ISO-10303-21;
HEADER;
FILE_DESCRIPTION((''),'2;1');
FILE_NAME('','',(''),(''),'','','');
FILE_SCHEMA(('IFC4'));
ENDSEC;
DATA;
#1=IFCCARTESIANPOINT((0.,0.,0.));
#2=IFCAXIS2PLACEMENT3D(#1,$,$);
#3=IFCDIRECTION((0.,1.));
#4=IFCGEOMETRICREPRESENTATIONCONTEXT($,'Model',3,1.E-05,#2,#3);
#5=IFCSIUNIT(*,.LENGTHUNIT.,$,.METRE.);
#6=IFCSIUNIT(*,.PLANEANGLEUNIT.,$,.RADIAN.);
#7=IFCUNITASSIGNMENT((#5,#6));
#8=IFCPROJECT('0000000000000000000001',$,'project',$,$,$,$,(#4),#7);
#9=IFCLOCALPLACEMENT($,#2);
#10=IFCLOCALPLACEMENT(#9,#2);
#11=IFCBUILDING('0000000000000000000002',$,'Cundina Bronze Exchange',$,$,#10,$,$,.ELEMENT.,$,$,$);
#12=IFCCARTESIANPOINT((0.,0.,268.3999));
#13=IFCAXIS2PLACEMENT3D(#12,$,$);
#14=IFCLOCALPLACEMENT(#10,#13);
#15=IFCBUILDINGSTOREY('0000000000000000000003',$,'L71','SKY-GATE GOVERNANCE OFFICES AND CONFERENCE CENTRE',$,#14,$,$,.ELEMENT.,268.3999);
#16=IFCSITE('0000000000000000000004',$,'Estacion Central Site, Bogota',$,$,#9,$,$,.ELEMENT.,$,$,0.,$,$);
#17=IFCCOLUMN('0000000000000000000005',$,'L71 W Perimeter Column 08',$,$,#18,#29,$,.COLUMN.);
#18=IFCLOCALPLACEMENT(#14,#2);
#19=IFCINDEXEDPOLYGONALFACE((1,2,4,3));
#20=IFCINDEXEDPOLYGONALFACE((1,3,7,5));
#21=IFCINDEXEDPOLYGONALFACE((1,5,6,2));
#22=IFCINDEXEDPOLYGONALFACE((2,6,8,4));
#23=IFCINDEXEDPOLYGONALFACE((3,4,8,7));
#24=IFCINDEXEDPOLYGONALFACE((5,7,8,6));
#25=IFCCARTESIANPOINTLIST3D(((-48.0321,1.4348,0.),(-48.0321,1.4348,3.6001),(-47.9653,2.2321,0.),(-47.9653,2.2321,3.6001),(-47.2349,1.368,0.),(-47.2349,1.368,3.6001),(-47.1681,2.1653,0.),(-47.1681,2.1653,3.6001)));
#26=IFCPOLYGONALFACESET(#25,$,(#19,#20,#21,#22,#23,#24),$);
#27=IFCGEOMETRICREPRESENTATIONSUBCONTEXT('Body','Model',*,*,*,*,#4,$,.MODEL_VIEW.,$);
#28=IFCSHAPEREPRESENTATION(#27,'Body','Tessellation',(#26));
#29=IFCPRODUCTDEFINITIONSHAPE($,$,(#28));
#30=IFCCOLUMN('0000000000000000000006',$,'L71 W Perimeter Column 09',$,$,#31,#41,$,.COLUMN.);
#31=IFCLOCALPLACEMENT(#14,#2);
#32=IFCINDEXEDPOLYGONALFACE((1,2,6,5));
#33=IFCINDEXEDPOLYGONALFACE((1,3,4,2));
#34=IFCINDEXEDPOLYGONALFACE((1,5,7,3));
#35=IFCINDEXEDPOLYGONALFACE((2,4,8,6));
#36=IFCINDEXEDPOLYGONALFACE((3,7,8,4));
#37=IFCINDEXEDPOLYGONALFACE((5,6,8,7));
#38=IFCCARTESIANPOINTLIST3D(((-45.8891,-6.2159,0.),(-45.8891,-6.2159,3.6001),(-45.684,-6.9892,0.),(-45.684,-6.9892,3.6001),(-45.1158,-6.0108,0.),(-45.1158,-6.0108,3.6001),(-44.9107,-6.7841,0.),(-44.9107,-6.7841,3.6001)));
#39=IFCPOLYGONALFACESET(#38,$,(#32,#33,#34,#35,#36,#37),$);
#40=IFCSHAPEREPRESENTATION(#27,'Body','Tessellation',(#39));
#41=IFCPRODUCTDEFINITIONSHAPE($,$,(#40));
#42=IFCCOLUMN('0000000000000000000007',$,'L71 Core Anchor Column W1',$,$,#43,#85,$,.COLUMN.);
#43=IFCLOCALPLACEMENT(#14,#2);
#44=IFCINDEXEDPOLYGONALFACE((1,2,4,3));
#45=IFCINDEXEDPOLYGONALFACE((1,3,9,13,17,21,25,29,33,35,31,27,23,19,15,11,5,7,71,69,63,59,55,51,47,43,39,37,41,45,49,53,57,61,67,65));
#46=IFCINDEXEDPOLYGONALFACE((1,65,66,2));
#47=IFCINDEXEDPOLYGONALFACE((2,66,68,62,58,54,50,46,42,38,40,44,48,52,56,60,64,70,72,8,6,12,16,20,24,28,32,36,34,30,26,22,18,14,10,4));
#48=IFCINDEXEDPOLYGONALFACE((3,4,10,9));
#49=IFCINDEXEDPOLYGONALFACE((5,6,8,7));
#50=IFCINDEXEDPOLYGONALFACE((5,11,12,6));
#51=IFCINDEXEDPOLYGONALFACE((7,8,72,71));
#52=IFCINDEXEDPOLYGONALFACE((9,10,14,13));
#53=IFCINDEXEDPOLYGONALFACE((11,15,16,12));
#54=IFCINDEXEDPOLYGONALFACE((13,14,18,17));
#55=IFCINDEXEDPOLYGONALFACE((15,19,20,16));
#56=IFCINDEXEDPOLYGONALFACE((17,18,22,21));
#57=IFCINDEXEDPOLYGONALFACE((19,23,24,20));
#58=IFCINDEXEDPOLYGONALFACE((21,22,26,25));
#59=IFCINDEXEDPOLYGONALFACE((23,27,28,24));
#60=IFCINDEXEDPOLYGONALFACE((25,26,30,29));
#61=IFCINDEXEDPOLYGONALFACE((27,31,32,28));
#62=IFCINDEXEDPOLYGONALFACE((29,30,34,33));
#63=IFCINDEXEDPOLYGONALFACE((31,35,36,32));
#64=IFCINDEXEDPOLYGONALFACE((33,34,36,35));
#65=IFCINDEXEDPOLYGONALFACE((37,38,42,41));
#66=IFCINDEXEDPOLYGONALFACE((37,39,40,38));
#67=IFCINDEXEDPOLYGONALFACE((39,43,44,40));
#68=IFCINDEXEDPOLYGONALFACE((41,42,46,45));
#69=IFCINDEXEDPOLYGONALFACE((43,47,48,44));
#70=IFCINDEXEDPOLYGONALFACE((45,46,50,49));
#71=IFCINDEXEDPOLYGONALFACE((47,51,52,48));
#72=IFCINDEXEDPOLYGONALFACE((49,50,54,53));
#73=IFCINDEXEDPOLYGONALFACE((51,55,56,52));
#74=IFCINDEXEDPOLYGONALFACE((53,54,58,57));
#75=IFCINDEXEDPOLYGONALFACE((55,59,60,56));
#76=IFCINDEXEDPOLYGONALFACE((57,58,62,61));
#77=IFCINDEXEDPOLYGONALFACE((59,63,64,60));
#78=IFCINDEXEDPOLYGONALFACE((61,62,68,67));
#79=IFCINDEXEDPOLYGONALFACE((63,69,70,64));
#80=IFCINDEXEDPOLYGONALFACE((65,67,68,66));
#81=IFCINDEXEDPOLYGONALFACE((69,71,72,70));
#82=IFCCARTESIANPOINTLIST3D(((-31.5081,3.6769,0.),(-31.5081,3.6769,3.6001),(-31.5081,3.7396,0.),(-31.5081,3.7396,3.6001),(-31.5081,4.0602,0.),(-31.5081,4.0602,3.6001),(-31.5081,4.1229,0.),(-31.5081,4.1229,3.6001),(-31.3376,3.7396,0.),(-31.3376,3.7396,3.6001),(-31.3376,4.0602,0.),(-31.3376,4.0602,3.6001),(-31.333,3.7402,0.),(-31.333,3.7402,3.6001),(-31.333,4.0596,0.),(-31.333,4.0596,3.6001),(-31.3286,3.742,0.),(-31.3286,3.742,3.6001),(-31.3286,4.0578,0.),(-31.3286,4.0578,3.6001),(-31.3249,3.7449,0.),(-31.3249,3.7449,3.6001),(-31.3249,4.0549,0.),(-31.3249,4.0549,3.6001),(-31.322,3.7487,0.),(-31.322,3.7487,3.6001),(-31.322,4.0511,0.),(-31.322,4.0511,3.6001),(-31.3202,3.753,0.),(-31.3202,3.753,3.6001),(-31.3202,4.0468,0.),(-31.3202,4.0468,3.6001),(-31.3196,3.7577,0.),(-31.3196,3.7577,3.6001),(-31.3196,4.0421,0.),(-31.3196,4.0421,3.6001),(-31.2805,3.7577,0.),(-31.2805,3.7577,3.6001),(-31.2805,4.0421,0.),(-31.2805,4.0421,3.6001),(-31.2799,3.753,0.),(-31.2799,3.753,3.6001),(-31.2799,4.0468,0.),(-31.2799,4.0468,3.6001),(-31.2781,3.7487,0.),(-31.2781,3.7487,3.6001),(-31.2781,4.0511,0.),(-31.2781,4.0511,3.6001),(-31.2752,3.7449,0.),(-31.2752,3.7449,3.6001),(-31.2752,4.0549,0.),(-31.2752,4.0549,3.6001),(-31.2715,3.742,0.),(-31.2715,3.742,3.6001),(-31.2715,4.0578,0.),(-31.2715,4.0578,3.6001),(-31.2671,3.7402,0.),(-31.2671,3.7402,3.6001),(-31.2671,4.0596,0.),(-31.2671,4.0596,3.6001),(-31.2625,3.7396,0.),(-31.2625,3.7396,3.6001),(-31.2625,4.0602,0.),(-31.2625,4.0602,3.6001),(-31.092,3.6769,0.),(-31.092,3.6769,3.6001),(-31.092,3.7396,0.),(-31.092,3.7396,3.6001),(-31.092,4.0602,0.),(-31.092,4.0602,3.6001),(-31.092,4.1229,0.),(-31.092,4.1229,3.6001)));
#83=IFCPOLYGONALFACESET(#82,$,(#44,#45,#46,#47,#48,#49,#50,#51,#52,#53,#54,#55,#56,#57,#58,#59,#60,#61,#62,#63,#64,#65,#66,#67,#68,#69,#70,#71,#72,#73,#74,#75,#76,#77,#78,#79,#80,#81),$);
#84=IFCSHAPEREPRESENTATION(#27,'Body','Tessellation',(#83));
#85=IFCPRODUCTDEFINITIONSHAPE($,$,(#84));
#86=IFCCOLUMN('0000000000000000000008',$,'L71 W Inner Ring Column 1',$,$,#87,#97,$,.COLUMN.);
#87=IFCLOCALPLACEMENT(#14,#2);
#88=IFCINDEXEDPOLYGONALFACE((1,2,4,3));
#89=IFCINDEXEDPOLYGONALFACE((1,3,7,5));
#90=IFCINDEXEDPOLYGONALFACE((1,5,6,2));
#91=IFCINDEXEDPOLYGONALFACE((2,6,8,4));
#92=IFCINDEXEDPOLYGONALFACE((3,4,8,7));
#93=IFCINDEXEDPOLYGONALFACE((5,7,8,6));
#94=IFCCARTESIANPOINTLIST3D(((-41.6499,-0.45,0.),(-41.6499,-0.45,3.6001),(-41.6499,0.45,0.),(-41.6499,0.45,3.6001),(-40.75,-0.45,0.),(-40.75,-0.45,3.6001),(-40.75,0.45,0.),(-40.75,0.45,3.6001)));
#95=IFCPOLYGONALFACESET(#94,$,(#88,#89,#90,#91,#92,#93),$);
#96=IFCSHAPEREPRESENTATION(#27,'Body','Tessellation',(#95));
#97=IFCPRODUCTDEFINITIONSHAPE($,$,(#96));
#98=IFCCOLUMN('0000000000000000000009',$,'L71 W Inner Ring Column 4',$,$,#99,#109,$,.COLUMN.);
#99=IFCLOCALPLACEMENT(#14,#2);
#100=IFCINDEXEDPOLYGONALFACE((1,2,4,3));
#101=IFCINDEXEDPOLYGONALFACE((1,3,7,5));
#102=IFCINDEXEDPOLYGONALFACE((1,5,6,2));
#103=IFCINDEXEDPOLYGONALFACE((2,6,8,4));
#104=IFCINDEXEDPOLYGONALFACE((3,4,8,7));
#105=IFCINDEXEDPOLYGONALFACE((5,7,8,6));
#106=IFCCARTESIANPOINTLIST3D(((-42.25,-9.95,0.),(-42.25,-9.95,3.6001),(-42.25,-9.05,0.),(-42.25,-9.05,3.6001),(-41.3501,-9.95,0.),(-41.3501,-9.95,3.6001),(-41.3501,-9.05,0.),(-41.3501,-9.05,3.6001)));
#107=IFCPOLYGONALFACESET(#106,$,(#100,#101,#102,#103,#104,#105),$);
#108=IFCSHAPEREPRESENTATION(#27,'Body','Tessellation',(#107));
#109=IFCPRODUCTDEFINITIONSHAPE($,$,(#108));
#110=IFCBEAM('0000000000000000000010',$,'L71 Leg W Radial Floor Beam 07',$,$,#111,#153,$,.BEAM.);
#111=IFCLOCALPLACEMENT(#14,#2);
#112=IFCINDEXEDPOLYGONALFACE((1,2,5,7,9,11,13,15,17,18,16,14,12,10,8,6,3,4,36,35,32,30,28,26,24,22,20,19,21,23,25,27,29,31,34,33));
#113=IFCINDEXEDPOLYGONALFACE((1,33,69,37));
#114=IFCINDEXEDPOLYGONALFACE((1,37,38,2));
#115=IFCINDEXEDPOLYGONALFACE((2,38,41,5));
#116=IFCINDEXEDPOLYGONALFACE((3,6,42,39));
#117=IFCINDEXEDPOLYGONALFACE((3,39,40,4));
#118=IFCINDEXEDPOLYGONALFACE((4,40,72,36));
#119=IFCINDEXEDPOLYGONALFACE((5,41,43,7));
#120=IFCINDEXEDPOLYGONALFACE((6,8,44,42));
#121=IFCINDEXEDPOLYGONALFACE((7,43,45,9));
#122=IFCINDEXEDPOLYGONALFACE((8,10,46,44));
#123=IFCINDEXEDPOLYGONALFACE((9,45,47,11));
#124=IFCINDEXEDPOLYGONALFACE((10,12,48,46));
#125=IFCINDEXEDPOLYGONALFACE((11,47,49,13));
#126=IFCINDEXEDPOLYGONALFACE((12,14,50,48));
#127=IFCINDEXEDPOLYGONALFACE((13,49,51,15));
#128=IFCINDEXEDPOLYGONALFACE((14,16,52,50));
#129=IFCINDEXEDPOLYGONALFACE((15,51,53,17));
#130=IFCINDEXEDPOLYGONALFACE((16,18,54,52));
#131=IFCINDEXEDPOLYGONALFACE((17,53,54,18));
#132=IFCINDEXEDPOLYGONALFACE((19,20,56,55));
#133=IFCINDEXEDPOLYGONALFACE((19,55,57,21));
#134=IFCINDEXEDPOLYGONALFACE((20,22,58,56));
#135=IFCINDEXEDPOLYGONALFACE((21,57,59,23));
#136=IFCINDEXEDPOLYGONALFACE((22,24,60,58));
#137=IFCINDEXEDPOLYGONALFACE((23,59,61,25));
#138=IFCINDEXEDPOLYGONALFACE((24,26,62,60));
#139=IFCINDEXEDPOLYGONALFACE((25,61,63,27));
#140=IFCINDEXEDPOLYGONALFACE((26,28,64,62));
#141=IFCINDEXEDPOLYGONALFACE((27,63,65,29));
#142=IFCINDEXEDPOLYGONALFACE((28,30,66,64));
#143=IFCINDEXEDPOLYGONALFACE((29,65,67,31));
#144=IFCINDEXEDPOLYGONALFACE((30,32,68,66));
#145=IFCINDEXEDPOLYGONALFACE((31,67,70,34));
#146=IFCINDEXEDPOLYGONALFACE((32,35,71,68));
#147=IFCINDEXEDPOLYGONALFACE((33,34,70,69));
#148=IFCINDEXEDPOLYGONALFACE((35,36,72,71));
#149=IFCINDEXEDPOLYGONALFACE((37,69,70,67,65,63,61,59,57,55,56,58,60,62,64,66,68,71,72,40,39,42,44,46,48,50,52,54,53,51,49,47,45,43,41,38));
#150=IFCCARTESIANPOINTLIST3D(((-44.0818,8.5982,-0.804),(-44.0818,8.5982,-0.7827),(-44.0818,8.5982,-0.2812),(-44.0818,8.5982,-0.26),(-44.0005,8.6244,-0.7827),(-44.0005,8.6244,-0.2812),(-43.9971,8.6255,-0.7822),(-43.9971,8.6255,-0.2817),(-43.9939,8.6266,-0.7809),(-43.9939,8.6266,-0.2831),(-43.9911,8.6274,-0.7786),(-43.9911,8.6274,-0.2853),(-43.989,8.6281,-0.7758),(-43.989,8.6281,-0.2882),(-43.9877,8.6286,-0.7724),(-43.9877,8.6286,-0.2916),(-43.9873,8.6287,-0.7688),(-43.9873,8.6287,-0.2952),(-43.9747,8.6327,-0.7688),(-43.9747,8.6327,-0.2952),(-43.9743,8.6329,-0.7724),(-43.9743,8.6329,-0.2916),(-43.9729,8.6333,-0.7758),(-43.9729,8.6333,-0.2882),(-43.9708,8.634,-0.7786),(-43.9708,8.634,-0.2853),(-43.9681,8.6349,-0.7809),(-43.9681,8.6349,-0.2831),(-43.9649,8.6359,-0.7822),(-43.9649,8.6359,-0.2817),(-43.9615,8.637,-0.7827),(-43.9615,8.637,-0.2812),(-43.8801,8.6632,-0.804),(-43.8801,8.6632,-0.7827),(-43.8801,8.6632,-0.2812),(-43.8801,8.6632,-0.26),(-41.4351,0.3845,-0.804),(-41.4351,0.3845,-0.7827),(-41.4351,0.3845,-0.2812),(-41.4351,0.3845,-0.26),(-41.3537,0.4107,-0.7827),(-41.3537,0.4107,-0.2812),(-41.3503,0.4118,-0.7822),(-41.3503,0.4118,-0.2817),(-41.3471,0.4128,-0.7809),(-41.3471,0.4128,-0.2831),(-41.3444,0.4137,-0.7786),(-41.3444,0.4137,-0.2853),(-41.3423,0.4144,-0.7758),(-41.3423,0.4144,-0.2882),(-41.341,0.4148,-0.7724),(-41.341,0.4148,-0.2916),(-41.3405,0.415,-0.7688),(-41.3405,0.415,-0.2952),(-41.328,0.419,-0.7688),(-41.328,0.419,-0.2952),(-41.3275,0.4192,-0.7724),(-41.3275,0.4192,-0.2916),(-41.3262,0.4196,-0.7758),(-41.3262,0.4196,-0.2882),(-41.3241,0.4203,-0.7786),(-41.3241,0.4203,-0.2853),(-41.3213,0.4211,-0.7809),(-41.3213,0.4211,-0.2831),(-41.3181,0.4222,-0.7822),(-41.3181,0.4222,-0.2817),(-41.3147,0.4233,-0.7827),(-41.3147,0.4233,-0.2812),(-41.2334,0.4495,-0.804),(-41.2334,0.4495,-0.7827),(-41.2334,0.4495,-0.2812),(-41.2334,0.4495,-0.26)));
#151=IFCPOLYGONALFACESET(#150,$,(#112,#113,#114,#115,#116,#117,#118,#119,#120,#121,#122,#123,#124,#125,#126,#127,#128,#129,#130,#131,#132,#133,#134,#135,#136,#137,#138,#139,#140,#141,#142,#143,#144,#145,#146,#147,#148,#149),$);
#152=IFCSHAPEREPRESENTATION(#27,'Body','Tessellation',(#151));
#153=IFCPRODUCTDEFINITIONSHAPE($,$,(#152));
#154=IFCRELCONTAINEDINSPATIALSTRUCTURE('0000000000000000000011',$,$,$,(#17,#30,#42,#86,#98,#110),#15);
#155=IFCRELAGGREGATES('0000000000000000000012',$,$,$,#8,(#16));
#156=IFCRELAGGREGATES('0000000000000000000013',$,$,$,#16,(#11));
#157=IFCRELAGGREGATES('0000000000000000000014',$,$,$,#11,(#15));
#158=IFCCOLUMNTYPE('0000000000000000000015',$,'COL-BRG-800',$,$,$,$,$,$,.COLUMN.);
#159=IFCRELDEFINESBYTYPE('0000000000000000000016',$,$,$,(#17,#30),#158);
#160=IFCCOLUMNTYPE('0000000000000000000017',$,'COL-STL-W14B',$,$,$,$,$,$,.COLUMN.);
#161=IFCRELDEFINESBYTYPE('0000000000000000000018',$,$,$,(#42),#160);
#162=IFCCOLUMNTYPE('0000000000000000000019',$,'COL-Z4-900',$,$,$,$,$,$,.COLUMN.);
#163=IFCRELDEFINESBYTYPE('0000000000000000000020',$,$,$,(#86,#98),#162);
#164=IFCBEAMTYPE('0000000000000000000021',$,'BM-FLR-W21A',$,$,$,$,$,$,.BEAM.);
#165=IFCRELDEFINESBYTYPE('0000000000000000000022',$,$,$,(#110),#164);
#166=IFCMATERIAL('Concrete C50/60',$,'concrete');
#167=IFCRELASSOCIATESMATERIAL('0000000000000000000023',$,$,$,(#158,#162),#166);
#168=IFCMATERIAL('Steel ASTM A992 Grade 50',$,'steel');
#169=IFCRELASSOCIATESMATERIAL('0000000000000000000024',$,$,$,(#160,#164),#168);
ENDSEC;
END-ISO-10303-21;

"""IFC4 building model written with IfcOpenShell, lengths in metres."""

from ifc_helpers import new_model, si_unit, direction, frame, origin, origin_2d, place, context, subcontext, project, spatial, rectangle, i_section, extrude, material, material_profile, profile_set, type_object, element, save


model = new_model("IFC4")

# Units and contexts
model_context = context("Model", 3, precision=1e-05, world=origin(), true_north=direction((0.0, 1.0)))
body_context = subcontext(model_context, "Body", "Model", "MODEL_VIEW")
ifc_project = project(units=[si_unit("LENGTHUNIT", "METRE"), si_unit("PLANEANGLEUNIT", "RADIAN")], contexts=[model_context])

# Site, building, storey
site_placement = place(None, origin())
site = spatial("IfcSite", under=ifc_project, at=site_placement, Name="Estacion Central Site, Bogota", CompositionType="ELEMENT", RefElevation=0.0)
building_placement = place(site_placement, origin())
building = spatial("IfcBuilding", under=site, at=building_placement, Name="Cundina Bronze Exchange", CompositionType="ELEMENT")
storey_placement = place(building_placement, frame((0.0, 0.0, 268.3999)))
storey = spatial("IfcBuildingStorey", under=building, at=storey_placement, Name="L71", Description="SKY-GATE GOVERNANCE OFFICES AND CONFERENCE CENTRE", CompositionType="ELEMENT", Elevation=268.3999)

# Columns
ifc_material_1 = material(Name="Concrete C50/60", Category="concrete")
ifc_material_profile_1 = material_profile(ifc_material_1, rectangle(XDim=0.8, YDim=0.8, at=origin_2d()), Name="RC800X800", Category="concrete")
ifc_profile_set_1 = profile_set([ifc_material_profile_1], Name="Concrete C50/60")
column_type_1 = type_object("IfcColumnType", Name="COL-BRG-800", PredefinedType="COLUMN", material=ifc_profile_set_1)
for number, where, z_axis, x_axis, name in (
    (1, (-47.6001, 1.8, 0.0), (0.0, 0.0, 1.0), (-0.083504, -0.996507, 0.0), "L71 W Perimeter Column 08"),
    (2, (-45.3999, -6.5, 0.0), (0.0, 0.0, 1.0), (0.256289, -0.9666, 0.0), "L71 W Perimeter Column 09"),
):
    element("IfcColumn", number, at=place(storey_placement, frame(where, z_axis=z_axis, x_axis=x_axis)), inside=storey, type_object=column_type_1, Name=name, PredefinedType="COLUMN", context=body_context, shape_type="SweptSolid", body=[
        extrude(rectangle(XDim=0.8, YDim=0.8, at=origin_2d()), origin(), (0.0, 0.0, 1.0), 3.6001),
    ])
ifc_material_2 = material(Name="Steel ASTM A992 Grade 50", Category="steel")
ifc_material_profile_2 = material_profile(ifc_material_2, i_section(OverallWidth=0.416, OverallDepth=0.446, WebThickness=0.0391, FlangeThickness=0.0627, FilletRadius=0.0181, at=origin_2d()), Name="W14X342", Category="steel")
ifc_profile_set_2 = profile_set([ifc_material_profile_2], Name="Steel ASTM A992 Grade 50")
column_type_2 = type_object("IfcColumnType", Name="COL-STL-W14B", PredefinedType="COLUMN", material=ifc_profile_set_2)
column_placement = place(storey_placement, frame((-31.3, 3.8999, 0.0), z_axis=(0.0, 0.0, 1.0), x_axis=(1.0, 0.0, 0.0)))
element("IfcColumn", 3, at=column_placement, inside=storey, type_object=column_type_2, Name="L71 Core Anchor Column W1", PredefinedType="COLUMN", context=body_context, shape_type="SweptSolid", body=[
    extrude(i_section(OverallWidth=0.416, OverallDepth=0.446, WebThickness=0.0391, FlangeThickness=0.0627, FilletRadius=0.0181, at=origin_2d()), origin(), (0.0, 0.0, 1.0), 3.6001),
])
ifc_material_profile_3 = material_profile(ifc_material_1, rectangle(XDim=0.8999, YDim=0.8999, at=origin_2d()), Name="RC900X900", Category="concrete")
ifc_profile_set_3 = profile_set([ifc_material_profile_3], Name="Concrete C50/60")
column_type_3 = type_object("IfcColumnType", Name="COL-Z4-900", PredefinedType="COLUMN", material=ifc_profile_set_3)
for number, where, z_axis, x_axis, name in (
    (4, (-41.2, 0.0, 0.0), (0.0, 0.0, 1.0), (1.0, 0.0, 0.0), "L71 W Inner Ring Column 1"),
    (5, (-41.8, -9.5, 0.0), (0.0, 0.0, 1.0), (1.0, 0.0, 0.0), "L71 W Inner Ring Column 4"),
):
    element("IfcColumn", number, at=place(storey_placement, frame(where, z_axis=z_axis, x_axis=x_axis)), inside=storey, type_object=column_type_3, Name=name, PredefinedType="COLUMN", context=body_context, shape_type="SweptSolid", body=[
        extrude(rectangle(XDim=0.8999, YDim=0.8999, at=origin_2d()), origin(), (0.0, 0.0, 1.0), 3.6001),
    ])

# Beam
ifc_material_profile_4 = material_profile(ifc_material_2, i_section(OverallWidth=0.2119, OverallDepth=0.5439, WebThickness=0.0132, FlangeThickness=0.0212, FilletRadius=0.0139, at=origin_2d()), Name="W21X83", Category="steel")
ifc_profile_set_4 = profile_set([ifc_material_profile_4], Name="Steel ASTM A992 Grade 50")
beam_type_1 = type_object("IfcBeamType", Name="BM-FLR-W21A", PredefinedType="BEAM", material=ifc_profile_set_4)
beam_1_placement = place(storey_placement, frame((-41.3342, 0.417, -0.532), z_axis=(-0.306706, 0.951804, 0.0), x_axis=(-0.951804, -0.306706, 0.0)))
element("IfcBeam", 6, at=beam_1_placement, inside=storey, type_object=beam_type_1, Name="L71 Leg W Radial Floor Beam 07", PredefinedType="BEAM", context=body_context, shape_type="SweptSolid", body=[
    extrude(i_section(OverallWidth=0.2119, OverallDepth=0.5439, WebThickness=0.0132, FlangeThickness=0.0212, FilletRadius=0.0139, at=origin_2d()), origin(), (0.0, 0.0, 1.0), 8.6296),
])

save(model, "model.ifc")
